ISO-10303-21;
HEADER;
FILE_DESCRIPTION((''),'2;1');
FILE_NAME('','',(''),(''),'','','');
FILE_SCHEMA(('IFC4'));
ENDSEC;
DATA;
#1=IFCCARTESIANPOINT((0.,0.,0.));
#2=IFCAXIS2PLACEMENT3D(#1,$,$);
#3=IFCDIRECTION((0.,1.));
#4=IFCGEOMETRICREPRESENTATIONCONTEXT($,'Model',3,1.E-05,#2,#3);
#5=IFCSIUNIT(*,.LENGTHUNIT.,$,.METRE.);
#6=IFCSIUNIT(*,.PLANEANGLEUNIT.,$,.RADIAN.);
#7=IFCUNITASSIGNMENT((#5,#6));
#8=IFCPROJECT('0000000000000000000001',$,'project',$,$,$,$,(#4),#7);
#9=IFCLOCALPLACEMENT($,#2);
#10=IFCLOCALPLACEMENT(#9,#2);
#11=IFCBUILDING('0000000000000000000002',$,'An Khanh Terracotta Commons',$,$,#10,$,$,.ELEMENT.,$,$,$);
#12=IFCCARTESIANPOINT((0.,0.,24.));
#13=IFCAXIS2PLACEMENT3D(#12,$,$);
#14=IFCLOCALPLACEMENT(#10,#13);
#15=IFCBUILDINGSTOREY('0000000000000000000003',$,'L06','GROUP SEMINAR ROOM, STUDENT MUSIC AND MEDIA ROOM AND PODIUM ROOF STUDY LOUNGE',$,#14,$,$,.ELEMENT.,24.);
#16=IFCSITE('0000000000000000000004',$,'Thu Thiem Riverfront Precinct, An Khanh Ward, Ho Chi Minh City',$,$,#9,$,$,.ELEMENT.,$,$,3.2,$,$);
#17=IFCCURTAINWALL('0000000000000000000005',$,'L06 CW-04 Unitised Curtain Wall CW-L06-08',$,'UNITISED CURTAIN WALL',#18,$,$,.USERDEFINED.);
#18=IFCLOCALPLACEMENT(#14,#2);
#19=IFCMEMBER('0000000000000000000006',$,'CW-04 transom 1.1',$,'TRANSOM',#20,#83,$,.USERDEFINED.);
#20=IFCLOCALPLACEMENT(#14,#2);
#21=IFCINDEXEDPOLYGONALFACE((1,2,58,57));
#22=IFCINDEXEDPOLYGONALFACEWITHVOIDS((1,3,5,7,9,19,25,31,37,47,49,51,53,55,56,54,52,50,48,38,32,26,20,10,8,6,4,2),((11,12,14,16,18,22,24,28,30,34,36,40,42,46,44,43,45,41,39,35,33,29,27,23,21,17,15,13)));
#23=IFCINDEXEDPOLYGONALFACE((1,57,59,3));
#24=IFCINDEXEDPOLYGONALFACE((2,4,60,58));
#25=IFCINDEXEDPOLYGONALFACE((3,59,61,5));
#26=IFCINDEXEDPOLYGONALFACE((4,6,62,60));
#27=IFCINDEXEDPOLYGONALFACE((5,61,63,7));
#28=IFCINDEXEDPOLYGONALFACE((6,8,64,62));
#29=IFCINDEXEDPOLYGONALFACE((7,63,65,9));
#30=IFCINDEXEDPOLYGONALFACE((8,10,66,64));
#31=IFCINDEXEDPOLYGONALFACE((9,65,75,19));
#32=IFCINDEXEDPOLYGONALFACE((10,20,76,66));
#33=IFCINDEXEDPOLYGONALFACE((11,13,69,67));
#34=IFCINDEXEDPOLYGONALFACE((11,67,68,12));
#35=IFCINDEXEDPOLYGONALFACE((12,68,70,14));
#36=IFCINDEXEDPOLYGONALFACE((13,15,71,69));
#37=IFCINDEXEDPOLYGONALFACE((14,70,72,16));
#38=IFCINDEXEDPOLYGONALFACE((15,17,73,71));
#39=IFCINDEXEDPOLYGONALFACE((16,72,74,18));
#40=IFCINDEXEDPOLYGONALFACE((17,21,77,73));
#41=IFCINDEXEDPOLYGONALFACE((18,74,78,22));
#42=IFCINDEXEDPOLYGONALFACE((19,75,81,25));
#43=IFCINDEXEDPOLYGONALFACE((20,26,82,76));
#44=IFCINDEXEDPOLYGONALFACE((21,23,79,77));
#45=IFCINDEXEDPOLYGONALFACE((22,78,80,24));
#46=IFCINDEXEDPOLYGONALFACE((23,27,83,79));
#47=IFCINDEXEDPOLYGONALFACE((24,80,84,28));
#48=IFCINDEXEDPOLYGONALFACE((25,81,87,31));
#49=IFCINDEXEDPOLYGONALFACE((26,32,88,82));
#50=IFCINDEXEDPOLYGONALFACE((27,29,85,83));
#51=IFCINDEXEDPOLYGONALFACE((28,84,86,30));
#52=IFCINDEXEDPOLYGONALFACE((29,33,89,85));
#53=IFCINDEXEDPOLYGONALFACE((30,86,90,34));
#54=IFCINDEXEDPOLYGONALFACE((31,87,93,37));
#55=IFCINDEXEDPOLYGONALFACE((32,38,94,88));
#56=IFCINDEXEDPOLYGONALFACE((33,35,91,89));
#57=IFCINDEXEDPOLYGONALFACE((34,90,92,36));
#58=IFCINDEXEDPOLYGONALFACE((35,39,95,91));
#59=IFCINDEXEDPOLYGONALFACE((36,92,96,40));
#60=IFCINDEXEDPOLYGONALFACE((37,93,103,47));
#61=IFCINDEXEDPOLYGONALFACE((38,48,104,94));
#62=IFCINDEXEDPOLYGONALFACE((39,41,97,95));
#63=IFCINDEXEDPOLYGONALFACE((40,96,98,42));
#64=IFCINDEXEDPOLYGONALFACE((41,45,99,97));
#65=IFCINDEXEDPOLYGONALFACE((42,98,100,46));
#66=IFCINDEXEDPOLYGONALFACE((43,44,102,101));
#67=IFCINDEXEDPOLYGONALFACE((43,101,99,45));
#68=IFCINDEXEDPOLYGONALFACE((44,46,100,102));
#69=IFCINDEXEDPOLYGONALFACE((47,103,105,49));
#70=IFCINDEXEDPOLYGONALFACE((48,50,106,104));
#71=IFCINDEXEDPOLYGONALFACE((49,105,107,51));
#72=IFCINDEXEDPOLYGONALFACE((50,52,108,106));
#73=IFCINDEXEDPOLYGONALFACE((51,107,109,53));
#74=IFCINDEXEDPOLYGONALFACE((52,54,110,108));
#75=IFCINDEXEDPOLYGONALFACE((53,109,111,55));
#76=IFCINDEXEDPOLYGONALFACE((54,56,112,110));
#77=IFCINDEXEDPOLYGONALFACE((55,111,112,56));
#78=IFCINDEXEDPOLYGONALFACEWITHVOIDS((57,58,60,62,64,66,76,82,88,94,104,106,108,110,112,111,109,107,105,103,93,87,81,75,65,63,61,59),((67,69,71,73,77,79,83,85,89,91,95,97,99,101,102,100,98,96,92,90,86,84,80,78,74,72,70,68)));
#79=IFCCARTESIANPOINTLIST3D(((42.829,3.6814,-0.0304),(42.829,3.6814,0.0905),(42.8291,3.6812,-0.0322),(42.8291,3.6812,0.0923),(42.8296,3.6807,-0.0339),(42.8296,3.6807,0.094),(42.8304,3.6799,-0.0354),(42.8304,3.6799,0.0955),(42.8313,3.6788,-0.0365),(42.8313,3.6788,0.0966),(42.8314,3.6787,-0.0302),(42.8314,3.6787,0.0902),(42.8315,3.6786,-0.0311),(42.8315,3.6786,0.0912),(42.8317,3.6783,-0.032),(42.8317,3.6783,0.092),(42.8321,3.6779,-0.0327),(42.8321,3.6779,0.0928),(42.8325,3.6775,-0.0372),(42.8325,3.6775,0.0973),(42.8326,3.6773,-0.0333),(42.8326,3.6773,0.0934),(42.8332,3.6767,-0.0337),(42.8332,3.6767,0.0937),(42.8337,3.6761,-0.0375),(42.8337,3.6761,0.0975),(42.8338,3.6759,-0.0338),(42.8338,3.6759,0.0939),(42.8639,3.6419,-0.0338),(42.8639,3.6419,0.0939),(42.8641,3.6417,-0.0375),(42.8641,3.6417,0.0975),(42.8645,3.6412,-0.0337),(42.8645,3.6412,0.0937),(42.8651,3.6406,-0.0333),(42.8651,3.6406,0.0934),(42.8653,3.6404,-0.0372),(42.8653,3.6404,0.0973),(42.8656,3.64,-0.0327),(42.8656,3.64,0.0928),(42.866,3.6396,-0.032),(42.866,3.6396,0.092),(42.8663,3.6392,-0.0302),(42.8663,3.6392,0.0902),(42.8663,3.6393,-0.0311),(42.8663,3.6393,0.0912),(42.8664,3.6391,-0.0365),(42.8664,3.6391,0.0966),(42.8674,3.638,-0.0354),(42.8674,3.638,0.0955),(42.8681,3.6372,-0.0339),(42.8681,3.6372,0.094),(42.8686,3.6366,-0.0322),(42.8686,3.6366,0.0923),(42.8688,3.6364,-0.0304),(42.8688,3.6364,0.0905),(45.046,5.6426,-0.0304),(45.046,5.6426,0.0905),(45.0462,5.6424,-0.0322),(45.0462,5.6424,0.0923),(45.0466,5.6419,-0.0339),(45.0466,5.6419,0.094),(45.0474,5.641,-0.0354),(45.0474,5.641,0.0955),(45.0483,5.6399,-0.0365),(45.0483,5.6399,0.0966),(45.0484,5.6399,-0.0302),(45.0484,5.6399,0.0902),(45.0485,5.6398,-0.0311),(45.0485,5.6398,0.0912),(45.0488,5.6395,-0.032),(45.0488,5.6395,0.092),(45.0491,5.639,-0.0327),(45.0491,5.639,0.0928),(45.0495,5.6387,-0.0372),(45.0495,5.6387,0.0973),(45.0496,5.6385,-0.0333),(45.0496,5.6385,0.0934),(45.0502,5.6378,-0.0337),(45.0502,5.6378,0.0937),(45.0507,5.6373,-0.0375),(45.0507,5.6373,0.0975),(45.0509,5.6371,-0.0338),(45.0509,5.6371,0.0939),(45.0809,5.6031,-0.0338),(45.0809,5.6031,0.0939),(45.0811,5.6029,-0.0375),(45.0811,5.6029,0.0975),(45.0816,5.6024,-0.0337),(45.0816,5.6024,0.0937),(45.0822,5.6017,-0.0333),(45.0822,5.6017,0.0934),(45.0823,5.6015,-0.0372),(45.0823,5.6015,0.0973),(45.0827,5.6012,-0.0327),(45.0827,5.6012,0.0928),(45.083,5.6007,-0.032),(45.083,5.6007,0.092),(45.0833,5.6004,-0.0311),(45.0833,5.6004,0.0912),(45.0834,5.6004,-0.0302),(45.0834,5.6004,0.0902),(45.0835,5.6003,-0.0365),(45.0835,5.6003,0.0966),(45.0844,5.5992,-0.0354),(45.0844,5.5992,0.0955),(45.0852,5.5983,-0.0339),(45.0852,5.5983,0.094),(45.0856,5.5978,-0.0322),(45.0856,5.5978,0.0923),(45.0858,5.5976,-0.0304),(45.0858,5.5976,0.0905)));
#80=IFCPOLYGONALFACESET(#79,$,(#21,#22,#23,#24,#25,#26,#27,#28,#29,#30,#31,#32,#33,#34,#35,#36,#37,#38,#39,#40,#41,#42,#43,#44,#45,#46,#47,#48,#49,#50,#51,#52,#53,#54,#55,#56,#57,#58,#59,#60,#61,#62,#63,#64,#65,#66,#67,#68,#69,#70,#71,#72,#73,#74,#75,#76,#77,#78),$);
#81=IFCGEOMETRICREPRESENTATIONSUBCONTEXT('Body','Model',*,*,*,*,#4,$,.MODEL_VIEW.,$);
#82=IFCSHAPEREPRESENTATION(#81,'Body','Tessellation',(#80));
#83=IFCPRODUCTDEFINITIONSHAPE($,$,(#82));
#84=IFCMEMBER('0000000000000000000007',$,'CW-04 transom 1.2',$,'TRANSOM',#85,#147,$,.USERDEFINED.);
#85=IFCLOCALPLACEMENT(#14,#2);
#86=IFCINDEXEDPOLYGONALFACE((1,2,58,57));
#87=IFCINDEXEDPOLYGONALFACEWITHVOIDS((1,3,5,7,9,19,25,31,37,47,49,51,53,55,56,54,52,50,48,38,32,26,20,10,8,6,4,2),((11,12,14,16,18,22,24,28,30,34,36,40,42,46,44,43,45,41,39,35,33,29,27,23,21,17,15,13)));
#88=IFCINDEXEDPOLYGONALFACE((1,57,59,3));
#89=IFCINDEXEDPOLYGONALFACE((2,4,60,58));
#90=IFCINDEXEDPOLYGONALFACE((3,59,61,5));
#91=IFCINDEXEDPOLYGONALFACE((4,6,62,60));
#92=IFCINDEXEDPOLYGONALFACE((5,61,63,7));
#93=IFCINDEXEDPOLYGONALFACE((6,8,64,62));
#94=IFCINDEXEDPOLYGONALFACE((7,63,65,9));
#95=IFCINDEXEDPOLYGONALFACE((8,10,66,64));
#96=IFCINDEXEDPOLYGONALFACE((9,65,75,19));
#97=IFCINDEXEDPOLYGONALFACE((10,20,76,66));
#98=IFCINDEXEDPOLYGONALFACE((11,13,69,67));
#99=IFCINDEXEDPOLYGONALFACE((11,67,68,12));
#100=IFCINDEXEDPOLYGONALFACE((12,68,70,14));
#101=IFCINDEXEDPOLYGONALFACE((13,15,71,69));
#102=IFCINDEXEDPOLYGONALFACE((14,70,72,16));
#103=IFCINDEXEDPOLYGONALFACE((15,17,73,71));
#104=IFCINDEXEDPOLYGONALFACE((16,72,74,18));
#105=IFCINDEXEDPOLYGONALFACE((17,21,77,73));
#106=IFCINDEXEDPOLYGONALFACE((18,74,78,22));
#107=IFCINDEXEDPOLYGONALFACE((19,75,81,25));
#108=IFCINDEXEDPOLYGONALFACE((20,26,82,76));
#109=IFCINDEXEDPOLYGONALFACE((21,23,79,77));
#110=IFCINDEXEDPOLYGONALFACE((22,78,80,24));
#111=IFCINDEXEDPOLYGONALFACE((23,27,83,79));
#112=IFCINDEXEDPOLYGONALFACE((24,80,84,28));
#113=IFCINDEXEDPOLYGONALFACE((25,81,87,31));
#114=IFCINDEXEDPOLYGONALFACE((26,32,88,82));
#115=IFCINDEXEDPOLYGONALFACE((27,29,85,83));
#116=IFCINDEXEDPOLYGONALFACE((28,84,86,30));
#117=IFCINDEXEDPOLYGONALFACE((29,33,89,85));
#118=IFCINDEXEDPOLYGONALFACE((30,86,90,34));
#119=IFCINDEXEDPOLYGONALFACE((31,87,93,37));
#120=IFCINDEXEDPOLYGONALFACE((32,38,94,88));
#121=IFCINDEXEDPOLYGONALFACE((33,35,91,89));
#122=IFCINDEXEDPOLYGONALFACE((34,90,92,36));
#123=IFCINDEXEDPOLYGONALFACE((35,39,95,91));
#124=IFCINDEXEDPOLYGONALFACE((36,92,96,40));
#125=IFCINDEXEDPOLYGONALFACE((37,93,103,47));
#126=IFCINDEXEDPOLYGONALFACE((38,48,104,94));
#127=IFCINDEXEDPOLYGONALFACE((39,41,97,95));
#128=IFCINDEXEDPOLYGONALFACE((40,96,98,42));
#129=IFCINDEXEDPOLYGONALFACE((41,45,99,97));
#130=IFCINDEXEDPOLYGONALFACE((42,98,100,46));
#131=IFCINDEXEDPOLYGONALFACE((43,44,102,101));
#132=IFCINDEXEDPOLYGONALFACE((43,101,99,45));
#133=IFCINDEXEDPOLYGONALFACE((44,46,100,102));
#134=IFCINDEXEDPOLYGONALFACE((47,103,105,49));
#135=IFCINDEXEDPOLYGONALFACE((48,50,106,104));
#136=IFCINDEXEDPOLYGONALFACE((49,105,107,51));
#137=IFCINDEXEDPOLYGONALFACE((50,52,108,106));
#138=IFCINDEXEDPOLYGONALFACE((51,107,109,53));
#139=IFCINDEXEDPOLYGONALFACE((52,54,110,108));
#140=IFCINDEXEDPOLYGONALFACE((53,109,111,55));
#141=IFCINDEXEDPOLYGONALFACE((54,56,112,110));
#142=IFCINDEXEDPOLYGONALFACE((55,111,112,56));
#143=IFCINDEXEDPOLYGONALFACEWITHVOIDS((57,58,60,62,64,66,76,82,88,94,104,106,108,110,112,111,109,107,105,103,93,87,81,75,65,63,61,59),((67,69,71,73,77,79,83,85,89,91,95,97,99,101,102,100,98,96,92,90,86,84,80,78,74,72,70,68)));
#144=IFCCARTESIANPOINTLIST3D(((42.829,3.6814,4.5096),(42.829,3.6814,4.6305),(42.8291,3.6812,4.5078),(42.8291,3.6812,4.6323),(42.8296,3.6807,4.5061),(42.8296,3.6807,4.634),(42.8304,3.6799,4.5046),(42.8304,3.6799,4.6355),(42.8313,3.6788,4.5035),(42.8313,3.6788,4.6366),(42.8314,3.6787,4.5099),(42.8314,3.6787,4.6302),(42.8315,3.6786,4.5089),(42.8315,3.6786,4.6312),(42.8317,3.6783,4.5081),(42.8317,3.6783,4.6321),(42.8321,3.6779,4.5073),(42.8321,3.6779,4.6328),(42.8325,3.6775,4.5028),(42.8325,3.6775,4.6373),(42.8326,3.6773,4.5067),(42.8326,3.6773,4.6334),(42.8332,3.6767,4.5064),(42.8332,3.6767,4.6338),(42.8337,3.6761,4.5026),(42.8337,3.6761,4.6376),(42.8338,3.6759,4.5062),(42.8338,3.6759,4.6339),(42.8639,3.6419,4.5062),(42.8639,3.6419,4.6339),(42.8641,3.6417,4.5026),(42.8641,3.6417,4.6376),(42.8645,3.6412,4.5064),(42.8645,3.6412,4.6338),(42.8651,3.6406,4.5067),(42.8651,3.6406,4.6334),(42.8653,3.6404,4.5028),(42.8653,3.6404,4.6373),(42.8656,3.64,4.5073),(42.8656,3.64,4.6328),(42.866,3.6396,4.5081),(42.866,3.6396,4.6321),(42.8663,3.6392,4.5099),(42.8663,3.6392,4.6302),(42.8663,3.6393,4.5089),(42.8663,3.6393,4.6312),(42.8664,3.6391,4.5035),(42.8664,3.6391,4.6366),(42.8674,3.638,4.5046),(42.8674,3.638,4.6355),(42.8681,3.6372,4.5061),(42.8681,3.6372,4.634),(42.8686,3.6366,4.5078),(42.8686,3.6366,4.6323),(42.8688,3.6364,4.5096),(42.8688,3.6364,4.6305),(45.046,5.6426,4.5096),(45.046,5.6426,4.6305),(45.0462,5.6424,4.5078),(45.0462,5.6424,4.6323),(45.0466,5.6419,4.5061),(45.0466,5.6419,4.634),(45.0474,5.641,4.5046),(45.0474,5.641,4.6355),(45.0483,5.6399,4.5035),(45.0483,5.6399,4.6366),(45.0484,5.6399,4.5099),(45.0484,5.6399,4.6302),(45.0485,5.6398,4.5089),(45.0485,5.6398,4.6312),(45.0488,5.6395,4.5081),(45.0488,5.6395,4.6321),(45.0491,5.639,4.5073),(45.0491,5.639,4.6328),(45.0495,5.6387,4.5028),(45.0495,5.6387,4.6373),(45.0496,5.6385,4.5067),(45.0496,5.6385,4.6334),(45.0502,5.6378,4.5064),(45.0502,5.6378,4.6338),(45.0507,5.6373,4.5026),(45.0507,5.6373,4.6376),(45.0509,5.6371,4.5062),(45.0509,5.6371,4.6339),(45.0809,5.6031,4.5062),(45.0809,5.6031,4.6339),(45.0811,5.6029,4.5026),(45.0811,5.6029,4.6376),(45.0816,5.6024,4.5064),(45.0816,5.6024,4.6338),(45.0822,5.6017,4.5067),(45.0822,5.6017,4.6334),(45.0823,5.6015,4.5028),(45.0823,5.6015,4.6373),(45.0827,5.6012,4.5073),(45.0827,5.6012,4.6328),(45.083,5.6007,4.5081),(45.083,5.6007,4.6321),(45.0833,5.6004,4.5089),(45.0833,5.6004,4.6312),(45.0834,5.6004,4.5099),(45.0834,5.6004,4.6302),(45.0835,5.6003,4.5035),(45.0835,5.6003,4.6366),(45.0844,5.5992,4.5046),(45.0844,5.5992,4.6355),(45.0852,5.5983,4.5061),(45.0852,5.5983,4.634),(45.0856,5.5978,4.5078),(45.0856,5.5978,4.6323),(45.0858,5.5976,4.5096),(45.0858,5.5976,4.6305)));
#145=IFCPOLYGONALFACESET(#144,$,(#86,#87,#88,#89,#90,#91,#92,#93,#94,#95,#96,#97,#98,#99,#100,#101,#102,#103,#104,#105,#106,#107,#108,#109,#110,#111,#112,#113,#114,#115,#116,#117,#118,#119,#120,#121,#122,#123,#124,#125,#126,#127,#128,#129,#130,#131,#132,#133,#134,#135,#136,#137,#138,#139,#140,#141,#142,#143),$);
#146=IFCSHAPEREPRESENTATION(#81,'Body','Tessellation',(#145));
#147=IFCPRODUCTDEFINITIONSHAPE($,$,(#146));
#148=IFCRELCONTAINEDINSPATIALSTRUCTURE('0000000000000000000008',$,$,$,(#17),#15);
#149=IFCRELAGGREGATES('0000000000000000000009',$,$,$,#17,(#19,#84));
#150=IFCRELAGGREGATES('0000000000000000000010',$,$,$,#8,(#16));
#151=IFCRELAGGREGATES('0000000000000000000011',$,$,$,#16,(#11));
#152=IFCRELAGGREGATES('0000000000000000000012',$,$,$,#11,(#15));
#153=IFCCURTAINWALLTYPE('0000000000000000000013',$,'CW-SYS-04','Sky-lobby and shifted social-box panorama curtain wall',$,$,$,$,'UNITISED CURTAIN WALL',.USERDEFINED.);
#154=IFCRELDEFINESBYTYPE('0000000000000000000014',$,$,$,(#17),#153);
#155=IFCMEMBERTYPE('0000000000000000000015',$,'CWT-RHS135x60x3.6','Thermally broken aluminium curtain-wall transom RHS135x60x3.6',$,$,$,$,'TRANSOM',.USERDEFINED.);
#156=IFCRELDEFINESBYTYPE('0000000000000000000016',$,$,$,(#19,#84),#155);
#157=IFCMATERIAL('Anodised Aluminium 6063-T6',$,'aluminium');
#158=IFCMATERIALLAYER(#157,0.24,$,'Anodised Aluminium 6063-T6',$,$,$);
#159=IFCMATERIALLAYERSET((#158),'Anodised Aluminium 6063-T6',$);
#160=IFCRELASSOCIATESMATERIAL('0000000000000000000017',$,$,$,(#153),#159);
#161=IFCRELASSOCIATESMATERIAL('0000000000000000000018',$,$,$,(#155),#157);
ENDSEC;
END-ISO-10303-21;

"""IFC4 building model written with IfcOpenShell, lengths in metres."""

from ifc_helpers import new_model, si_unit, direction, frame, origin, origin_2d, place, context, subcontext, project, spatial, hollow_rectangle, extrude, material, layer, layer_set, material_profile, profile_set, type_object, element, aggregate, save


model = new_model("IFC4")

# Units and contexts
model_context = context("Model", 3, precision=1e-05, world=origin(), true_north=direction((0.0, 1.0)))
body_context = subcontext(model_context, "Body", "Model", "MODEL_VIEW")
ifc_project = project(units=[si_unit("LENGTHUNIT", "METRE"), si_unit("PLANEANGLEUNIT", "RADIAN")], contexts=[model_context])

# Site, building, storey
site_placement = place(None, origin())
site = spatial("IfcSite", under=ifc_project, at=site_placement, Name="Thu Thiem Riverfront Precinct, An Khanh Ward, Ho Chi Minh City", CompositionType="ELEMENT", RefElevation=3.2)
building_placement = place(site_placement, origin())
building = spatial("IfcBuilding", under=site, at=building_placement, Name="An Khanh Terracotta Commons", CompositionType="ELEMENT")
storey_placement = place(building_placement, frame((0.0, 0.0, 24.0)))
storey = spatial("IfcBuildingStorey", under=building, at=storey_placement, Name="L06", Description="GROUP SEMINAR ROOM, STUDENT MUSIC AND MEDIA ROOM AND PODIUM ROOF STUDY LOUNGE", CompositionType="ELEMENT", Elevation=24.0)

# Curtain wall, members
ifc_material_1 = material(Name="Anodised Aluminium 6063-T6", Category="aluminium")
ifc_layer_1 = layer(ifc_material_1, 0.24, Name="Anodised Aluminium 6063-T6")
ifc_layer_set_1 = layer_set([ifc_layer_1], Name="Anodised Aluminium 6063-T6")
curtain_wall_type = type_object("IfcCurtainWallType", Name="CW-SYS-04", Description="Sky-lobby and shifted social-box panorama curtain wall", ElementType="UNITISED CURTAIN WALL", PredefinedType="USERDEFINED", material=ifc_layer_set_1)
curtain_wall_placement = place(storey_placement, origin())
curtain_wall = element("IfcCurtainWall", 1, at=curtain_wall_placement, inside=storey, type_object=curtain_wall_type, Name="L06 CW-04 Unitised Curtain Wall CW-L06-08", ObjectType="UNITISED CURTAIN WALL", PredefinedType="USERDEFINED")
ifc_material_profile_1 = material_profile(ifc_material_1, hollow_rectangle(XDim=0.0601, YDim=0.135, WallThickness=0.0037, InnerFilletRadius=0.0037, OuterFilletRadius=0.0071, at=origin_2d()), Name="RHS135x60x3.6")
ifc_profile_set_1 = profile_set([ifc_material_profile_1], Name="Anodised Aluminium 6063-T6")
member_type_1 = type_object("IfcMemberType", Name="CWT-RHS135x60x3.6", Description="Thermally broken aluminium curtain-wall transom RHS135x60x3.6", ElementType="TRANSOM", PredefinedType="USERDEFINED", material=ifc_profile_set_1)
member_1_placement = place(storey_placement, frame((42.8489, 3.6589, 0.03), z_axis=(0.749004, 0.662565, 0.0), x_axis=(-0.662565, 0.749004, 0.0)))
member_1 = element("IfcMember", 2, at=member_1_placement, type_object=member_type_1, Name="CW-04 transom 1.1", ObjectType="TRANSOM", PredefinedType="USERDEFINED", context=body_context, shape_type="SweptSolid", body=[
    extrude(hollow_rectangle(XDim=0.0601, YDim=0.135, WallThickness=0.0037, InnerFilletRadius=0.0037, OuterFilletRadius=0.0071, at=origin_2d()), origin(), (0.0, 0.0, 1.0), 2.96),
])
member_2_placement = place(storey_placement, frame((42.8489, 3.6589, 4.5701), z_axis=(0.749004, 0.662565, 0.0), x_axis=(-0.662565, 0.749004, 0.0)))
member_2 = element("IfcMember", 3, at=member_2_placement, type_object=member_type_1, Name="CW-04 transom 1.2", ObjectType="TRANSOM", PredefinedType="USERDEFINED", context=body_context, shape_type="SweptSolid", body=[
    extrude(hollow_rectangle(XDim=0.0601, YDim=0.135, WallThickness=0.0037, InnerFilletRadius=0.0037, OuterFilletRadius=0.0071, at=origin_2d()), origin(), (0.0, 0.0, 1.0), 2.96),
])
aggregate(curtain_wall, [member_1, member_2])

save(model, "model.ifc")
